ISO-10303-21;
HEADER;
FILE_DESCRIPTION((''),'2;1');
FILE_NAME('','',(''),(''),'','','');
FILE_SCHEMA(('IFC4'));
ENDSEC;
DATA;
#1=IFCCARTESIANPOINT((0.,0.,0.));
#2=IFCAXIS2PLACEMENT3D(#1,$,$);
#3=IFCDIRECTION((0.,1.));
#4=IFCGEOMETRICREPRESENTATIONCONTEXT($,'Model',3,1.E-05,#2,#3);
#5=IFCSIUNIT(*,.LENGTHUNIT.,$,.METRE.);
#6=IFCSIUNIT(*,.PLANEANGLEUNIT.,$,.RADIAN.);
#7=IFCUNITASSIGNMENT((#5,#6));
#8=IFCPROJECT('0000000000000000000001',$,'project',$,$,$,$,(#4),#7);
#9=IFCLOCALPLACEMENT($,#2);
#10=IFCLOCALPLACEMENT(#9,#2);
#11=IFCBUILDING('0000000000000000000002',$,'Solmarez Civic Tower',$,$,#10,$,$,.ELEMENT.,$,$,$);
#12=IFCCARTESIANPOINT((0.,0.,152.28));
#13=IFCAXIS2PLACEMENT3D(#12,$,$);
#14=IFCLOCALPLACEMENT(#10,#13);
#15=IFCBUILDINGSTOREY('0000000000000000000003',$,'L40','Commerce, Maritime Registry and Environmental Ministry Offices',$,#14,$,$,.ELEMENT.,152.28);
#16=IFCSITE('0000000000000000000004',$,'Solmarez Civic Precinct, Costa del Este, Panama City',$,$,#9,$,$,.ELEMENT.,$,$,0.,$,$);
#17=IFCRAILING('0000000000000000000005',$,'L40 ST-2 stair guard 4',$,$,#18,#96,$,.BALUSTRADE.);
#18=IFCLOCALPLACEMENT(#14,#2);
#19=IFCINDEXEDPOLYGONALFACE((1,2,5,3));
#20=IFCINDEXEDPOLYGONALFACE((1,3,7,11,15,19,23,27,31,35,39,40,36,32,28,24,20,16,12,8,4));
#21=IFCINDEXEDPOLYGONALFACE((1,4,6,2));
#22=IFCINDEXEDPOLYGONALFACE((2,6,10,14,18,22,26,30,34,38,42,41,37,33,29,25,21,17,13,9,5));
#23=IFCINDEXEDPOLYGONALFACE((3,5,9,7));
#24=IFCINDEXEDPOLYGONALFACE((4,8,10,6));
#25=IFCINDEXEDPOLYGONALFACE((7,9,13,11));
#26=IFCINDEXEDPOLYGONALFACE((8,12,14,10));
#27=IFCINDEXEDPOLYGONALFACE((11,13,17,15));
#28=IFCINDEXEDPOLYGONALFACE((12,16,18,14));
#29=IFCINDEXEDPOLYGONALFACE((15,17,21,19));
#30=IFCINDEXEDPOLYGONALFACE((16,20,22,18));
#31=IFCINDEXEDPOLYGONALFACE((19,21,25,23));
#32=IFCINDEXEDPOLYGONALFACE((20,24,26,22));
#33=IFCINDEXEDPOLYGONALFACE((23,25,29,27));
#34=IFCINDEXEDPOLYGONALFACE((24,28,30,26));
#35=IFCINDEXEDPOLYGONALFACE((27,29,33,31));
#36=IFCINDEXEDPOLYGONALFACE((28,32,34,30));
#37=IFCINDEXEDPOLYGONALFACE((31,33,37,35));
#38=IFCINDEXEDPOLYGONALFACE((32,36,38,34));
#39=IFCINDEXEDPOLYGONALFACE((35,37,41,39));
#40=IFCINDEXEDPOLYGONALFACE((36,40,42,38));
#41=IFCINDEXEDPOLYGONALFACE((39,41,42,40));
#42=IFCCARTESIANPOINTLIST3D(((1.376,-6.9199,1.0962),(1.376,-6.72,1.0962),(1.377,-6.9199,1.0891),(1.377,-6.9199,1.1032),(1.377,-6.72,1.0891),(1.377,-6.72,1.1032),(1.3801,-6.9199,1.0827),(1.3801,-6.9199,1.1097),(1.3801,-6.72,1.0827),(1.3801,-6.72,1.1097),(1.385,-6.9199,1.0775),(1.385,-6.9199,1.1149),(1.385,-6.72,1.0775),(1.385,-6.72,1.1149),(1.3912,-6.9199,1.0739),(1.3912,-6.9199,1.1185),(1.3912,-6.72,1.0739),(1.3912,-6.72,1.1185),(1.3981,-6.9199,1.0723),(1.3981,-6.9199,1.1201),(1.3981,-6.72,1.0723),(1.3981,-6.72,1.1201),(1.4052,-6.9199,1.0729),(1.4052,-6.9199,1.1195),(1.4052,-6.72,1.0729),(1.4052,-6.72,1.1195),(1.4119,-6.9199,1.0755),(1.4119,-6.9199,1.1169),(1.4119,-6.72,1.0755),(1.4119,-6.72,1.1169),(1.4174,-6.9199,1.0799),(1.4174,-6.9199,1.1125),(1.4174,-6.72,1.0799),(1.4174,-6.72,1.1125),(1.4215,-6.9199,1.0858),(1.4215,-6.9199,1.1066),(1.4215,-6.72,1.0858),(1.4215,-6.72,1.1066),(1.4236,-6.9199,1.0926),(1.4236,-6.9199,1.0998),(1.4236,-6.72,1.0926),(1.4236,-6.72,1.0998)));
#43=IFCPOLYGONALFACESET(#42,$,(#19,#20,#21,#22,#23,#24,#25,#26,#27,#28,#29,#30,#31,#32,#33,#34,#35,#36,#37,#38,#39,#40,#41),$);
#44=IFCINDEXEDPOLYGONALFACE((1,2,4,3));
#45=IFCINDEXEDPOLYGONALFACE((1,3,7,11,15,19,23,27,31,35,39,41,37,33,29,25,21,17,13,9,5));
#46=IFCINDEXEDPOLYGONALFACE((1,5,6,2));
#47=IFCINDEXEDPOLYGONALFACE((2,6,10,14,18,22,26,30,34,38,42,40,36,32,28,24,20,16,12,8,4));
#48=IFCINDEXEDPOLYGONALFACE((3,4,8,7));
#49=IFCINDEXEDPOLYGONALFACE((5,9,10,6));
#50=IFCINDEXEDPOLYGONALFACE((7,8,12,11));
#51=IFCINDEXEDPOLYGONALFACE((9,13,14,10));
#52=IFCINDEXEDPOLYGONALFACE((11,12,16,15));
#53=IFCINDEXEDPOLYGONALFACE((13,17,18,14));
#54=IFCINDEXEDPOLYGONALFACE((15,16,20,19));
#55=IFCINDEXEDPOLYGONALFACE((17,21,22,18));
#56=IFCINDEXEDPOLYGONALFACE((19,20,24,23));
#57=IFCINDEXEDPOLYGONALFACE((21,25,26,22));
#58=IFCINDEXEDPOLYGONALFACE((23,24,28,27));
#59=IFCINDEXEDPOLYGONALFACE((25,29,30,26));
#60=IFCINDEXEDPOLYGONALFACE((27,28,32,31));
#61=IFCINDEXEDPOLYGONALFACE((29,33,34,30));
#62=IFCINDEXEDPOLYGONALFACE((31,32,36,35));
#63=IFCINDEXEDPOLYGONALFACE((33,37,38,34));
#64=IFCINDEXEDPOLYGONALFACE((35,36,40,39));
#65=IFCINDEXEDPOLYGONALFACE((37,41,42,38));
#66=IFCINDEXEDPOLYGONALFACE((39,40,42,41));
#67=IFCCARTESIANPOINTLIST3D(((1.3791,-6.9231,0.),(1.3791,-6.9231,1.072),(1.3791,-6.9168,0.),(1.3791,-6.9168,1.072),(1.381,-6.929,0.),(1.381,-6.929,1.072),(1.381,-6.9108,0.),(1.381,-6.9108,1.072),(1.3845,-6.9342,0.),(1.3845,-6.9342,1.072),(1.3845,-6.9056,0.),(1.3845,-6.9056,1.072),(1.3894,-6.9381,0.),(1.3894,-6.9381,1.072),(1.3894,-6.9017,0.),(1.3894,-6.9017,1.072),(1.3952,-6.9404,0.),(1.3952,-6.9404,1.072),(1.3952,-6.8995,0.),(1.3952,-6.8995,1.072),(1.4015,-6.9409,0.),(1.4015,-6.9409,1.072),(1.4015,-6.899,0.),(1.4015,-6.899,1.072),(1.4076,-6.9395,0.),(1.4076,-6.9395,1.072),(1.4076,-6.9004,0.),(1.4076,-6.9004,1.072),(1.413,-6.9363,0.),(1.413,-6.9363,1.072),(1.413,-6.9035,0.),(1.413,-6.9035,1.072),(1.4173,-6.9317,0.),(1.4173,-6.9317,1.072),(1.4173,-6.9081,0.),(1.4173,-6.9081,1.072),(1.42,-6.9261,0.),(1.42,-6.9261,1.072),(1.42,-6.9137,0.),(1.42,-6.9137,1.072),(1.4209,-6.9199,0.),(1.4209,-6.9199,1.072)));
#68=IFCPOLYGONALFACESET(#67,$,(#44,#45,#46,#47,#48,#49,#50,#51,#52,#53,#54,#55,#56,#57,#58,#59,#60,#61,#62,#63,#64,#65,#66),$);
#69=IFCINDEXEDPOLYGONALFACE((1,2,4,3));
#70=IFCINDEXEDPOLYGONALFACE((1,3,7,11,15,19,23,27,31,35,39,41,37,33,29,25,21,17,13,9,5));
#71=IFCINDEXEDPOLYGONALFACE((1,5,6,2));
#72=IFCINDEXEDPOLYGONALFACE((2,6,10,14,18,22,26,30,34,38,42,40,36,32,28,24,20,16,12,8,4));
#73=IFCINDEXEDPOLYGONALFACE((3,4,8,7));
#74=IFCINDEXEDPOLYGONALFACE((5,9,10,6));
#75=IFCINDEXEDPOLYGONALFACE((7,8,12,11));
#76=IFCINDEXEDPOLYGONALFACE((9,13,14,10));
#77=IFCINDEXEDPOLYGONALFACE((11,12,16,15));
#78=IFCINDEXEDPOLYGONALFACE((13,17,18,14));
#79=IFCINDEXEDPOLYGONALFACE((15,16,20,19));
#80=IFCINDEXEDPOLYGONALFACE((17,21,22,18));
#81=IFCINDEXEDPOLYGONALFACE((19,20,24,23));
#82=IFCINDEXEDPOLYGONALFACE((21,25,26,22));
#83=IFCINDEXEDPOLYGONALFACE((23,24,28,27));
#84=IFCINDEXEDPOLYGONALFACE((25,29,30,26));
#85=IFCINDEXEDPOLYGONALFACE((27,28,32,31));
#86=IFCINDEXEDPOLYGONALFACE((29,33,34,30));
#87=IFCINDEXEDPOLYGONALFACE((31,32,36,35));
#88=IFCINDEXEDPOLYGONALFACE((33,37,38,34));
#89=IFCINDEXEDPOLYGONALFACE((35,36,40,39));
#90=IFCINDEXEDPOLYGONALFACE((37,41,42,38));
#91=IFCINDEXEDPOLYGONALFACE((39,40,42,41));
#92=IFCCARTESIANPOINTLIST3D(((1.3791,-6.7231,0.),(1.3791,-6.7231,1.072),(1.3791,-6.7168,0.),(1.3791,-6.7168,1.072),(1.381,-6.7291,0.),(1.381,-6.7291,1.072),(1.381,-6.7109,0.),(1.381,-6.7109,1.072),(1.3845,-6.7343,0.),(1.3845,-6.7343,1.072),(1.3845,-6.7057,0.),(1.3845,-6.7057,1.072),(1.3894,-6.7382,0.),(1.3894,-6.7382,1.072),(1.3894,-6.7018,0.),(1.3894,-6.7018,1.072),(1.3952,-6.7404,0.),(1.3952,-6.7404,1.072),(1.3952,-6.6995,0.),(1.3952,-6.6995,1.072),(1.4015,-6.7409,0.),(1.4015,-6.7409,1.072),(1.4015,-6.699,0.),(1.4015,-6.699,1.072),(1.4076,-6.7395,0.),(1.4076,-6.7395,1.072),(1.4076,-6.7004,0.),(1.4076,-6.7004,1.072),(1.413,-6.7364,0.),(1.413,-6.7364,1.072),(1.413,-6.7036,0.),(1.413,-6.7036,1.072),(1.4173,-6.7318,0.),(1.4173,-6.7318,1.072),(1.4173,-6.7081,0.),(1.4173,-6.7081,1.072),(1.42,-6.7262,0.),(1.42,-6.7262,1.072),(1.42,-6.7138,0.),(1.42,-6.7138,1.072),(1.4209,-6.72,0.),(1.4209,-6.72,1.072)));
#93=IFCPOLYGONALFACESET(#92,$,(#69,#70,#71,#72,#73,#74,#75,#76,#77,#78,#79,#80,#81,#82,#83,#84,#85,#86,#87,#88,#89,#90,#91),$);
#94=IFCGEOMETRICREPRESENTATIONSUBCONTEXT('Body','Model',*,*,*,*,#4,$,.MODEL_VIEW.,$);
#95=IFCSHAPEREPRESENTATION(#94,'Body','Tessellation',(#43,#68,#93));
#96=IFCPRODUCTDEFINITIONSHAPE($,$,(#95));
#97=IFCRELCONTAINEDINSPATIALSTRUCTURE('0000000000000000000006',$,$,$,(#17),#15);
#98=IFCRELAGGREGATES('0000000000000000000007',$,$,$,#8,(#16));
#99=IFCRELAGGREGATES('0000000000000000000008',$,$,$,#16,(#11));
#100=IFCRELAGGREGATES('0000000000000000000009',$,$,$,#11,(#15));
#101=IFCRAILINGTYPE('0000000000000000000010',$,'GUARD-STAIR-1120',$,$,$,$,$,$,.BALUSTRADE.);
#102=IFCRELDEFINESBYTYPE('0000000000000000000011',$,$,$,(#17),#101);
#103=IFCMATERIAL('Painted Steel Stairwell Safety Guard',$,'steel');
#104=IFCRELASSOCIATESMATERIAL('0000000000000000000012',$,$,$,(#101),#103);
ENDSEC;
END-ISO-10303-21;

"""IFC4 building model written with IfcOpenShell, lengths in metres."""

from ifc_helpers import new_model, si_unit, direction, frame, origin, origin_2d, place, context, subcontext, project, spatial, circle, extrude, material, type_object, element, save


model = new_model("IFC4")

# Units and contexts
model_context = context("Model", 3, precision=1e-05, world=origin(), true_north=direction((0.0, 1.0)))
body_context = subcontext(model_context, "Body", "Model", "MODEL_VIEW")
ifc_project = project(units=[si_unit("LENGTHUNIT", "METRE"), si_unit("PLANEANGLEUNIT", "RADIAN")], contexts=[model_context])

# Site, building, storey
site_placement = place(None, origin())
site = spatial("IfcSite", under=ifc_project, at=site_placement, Name="Solmarez Civic Precinct, Costa del Este, Panama City", CompositionType="ELEMENT", RefElevation=0.0)
building_placement = place(site_placement, origin())
building = spatial("IfcBuilding", under=site, at=building_placement, Name="Solmarez Civic Tower", CompositionType="ELEMENT")
storey_placement = place(building_placement, frame((0.0, 0.0, 152.28)))
storey = spatial("IfcBuildingStorey", under=building, at=storey_placement, Name="L40", Description="Commerce, Maritime Registry and Environmental Ministry Offices", CompositionType="ELEMENT", Elevation=152.28)

# Railing
ifc_material_1 = material(Name="Painted Steel Stairwell Safety Guard", Category="steel")
railing_type_1 = type_object("IfcRailingType", Name="GUARD-STAIR-1120", PredefinedType="BALUSTRADE", material=ifc_material_1)
railing_1_placement = place(storey_placement, frame((1.3999, -6.9199, 0.0)))
element("IfcRailing", 1, at=railing_1_placement, inside=storey, type_object=railing_type_1, Name="L40 ST-2 stair guard 4", PredefinedType="BALUSTRADE", context=body_context, shape_type="SweptSolid", body=[
    extrude(circle(Radius=0.0239, at=origin_2d()), frame((0.0, 0.0, 1.0962), z_axis=(0.0, 1.0, 0.0), x_axis=(-1.0, 0.0, 0.0)), (0.0, 0.0, 1.0), 0.2),
    extrude(circle(Radius=0.021, at=origin_2d()), origin(), (0.0, 0.0, 1.0), 1.072),
    extrude(circle(Radius=0.021, at=origin_2d()), frame((0.0, 0.2, 0.0)), (0.0, 0.0, 1.0), 1.072),
])

save(model, "model.ifc")
